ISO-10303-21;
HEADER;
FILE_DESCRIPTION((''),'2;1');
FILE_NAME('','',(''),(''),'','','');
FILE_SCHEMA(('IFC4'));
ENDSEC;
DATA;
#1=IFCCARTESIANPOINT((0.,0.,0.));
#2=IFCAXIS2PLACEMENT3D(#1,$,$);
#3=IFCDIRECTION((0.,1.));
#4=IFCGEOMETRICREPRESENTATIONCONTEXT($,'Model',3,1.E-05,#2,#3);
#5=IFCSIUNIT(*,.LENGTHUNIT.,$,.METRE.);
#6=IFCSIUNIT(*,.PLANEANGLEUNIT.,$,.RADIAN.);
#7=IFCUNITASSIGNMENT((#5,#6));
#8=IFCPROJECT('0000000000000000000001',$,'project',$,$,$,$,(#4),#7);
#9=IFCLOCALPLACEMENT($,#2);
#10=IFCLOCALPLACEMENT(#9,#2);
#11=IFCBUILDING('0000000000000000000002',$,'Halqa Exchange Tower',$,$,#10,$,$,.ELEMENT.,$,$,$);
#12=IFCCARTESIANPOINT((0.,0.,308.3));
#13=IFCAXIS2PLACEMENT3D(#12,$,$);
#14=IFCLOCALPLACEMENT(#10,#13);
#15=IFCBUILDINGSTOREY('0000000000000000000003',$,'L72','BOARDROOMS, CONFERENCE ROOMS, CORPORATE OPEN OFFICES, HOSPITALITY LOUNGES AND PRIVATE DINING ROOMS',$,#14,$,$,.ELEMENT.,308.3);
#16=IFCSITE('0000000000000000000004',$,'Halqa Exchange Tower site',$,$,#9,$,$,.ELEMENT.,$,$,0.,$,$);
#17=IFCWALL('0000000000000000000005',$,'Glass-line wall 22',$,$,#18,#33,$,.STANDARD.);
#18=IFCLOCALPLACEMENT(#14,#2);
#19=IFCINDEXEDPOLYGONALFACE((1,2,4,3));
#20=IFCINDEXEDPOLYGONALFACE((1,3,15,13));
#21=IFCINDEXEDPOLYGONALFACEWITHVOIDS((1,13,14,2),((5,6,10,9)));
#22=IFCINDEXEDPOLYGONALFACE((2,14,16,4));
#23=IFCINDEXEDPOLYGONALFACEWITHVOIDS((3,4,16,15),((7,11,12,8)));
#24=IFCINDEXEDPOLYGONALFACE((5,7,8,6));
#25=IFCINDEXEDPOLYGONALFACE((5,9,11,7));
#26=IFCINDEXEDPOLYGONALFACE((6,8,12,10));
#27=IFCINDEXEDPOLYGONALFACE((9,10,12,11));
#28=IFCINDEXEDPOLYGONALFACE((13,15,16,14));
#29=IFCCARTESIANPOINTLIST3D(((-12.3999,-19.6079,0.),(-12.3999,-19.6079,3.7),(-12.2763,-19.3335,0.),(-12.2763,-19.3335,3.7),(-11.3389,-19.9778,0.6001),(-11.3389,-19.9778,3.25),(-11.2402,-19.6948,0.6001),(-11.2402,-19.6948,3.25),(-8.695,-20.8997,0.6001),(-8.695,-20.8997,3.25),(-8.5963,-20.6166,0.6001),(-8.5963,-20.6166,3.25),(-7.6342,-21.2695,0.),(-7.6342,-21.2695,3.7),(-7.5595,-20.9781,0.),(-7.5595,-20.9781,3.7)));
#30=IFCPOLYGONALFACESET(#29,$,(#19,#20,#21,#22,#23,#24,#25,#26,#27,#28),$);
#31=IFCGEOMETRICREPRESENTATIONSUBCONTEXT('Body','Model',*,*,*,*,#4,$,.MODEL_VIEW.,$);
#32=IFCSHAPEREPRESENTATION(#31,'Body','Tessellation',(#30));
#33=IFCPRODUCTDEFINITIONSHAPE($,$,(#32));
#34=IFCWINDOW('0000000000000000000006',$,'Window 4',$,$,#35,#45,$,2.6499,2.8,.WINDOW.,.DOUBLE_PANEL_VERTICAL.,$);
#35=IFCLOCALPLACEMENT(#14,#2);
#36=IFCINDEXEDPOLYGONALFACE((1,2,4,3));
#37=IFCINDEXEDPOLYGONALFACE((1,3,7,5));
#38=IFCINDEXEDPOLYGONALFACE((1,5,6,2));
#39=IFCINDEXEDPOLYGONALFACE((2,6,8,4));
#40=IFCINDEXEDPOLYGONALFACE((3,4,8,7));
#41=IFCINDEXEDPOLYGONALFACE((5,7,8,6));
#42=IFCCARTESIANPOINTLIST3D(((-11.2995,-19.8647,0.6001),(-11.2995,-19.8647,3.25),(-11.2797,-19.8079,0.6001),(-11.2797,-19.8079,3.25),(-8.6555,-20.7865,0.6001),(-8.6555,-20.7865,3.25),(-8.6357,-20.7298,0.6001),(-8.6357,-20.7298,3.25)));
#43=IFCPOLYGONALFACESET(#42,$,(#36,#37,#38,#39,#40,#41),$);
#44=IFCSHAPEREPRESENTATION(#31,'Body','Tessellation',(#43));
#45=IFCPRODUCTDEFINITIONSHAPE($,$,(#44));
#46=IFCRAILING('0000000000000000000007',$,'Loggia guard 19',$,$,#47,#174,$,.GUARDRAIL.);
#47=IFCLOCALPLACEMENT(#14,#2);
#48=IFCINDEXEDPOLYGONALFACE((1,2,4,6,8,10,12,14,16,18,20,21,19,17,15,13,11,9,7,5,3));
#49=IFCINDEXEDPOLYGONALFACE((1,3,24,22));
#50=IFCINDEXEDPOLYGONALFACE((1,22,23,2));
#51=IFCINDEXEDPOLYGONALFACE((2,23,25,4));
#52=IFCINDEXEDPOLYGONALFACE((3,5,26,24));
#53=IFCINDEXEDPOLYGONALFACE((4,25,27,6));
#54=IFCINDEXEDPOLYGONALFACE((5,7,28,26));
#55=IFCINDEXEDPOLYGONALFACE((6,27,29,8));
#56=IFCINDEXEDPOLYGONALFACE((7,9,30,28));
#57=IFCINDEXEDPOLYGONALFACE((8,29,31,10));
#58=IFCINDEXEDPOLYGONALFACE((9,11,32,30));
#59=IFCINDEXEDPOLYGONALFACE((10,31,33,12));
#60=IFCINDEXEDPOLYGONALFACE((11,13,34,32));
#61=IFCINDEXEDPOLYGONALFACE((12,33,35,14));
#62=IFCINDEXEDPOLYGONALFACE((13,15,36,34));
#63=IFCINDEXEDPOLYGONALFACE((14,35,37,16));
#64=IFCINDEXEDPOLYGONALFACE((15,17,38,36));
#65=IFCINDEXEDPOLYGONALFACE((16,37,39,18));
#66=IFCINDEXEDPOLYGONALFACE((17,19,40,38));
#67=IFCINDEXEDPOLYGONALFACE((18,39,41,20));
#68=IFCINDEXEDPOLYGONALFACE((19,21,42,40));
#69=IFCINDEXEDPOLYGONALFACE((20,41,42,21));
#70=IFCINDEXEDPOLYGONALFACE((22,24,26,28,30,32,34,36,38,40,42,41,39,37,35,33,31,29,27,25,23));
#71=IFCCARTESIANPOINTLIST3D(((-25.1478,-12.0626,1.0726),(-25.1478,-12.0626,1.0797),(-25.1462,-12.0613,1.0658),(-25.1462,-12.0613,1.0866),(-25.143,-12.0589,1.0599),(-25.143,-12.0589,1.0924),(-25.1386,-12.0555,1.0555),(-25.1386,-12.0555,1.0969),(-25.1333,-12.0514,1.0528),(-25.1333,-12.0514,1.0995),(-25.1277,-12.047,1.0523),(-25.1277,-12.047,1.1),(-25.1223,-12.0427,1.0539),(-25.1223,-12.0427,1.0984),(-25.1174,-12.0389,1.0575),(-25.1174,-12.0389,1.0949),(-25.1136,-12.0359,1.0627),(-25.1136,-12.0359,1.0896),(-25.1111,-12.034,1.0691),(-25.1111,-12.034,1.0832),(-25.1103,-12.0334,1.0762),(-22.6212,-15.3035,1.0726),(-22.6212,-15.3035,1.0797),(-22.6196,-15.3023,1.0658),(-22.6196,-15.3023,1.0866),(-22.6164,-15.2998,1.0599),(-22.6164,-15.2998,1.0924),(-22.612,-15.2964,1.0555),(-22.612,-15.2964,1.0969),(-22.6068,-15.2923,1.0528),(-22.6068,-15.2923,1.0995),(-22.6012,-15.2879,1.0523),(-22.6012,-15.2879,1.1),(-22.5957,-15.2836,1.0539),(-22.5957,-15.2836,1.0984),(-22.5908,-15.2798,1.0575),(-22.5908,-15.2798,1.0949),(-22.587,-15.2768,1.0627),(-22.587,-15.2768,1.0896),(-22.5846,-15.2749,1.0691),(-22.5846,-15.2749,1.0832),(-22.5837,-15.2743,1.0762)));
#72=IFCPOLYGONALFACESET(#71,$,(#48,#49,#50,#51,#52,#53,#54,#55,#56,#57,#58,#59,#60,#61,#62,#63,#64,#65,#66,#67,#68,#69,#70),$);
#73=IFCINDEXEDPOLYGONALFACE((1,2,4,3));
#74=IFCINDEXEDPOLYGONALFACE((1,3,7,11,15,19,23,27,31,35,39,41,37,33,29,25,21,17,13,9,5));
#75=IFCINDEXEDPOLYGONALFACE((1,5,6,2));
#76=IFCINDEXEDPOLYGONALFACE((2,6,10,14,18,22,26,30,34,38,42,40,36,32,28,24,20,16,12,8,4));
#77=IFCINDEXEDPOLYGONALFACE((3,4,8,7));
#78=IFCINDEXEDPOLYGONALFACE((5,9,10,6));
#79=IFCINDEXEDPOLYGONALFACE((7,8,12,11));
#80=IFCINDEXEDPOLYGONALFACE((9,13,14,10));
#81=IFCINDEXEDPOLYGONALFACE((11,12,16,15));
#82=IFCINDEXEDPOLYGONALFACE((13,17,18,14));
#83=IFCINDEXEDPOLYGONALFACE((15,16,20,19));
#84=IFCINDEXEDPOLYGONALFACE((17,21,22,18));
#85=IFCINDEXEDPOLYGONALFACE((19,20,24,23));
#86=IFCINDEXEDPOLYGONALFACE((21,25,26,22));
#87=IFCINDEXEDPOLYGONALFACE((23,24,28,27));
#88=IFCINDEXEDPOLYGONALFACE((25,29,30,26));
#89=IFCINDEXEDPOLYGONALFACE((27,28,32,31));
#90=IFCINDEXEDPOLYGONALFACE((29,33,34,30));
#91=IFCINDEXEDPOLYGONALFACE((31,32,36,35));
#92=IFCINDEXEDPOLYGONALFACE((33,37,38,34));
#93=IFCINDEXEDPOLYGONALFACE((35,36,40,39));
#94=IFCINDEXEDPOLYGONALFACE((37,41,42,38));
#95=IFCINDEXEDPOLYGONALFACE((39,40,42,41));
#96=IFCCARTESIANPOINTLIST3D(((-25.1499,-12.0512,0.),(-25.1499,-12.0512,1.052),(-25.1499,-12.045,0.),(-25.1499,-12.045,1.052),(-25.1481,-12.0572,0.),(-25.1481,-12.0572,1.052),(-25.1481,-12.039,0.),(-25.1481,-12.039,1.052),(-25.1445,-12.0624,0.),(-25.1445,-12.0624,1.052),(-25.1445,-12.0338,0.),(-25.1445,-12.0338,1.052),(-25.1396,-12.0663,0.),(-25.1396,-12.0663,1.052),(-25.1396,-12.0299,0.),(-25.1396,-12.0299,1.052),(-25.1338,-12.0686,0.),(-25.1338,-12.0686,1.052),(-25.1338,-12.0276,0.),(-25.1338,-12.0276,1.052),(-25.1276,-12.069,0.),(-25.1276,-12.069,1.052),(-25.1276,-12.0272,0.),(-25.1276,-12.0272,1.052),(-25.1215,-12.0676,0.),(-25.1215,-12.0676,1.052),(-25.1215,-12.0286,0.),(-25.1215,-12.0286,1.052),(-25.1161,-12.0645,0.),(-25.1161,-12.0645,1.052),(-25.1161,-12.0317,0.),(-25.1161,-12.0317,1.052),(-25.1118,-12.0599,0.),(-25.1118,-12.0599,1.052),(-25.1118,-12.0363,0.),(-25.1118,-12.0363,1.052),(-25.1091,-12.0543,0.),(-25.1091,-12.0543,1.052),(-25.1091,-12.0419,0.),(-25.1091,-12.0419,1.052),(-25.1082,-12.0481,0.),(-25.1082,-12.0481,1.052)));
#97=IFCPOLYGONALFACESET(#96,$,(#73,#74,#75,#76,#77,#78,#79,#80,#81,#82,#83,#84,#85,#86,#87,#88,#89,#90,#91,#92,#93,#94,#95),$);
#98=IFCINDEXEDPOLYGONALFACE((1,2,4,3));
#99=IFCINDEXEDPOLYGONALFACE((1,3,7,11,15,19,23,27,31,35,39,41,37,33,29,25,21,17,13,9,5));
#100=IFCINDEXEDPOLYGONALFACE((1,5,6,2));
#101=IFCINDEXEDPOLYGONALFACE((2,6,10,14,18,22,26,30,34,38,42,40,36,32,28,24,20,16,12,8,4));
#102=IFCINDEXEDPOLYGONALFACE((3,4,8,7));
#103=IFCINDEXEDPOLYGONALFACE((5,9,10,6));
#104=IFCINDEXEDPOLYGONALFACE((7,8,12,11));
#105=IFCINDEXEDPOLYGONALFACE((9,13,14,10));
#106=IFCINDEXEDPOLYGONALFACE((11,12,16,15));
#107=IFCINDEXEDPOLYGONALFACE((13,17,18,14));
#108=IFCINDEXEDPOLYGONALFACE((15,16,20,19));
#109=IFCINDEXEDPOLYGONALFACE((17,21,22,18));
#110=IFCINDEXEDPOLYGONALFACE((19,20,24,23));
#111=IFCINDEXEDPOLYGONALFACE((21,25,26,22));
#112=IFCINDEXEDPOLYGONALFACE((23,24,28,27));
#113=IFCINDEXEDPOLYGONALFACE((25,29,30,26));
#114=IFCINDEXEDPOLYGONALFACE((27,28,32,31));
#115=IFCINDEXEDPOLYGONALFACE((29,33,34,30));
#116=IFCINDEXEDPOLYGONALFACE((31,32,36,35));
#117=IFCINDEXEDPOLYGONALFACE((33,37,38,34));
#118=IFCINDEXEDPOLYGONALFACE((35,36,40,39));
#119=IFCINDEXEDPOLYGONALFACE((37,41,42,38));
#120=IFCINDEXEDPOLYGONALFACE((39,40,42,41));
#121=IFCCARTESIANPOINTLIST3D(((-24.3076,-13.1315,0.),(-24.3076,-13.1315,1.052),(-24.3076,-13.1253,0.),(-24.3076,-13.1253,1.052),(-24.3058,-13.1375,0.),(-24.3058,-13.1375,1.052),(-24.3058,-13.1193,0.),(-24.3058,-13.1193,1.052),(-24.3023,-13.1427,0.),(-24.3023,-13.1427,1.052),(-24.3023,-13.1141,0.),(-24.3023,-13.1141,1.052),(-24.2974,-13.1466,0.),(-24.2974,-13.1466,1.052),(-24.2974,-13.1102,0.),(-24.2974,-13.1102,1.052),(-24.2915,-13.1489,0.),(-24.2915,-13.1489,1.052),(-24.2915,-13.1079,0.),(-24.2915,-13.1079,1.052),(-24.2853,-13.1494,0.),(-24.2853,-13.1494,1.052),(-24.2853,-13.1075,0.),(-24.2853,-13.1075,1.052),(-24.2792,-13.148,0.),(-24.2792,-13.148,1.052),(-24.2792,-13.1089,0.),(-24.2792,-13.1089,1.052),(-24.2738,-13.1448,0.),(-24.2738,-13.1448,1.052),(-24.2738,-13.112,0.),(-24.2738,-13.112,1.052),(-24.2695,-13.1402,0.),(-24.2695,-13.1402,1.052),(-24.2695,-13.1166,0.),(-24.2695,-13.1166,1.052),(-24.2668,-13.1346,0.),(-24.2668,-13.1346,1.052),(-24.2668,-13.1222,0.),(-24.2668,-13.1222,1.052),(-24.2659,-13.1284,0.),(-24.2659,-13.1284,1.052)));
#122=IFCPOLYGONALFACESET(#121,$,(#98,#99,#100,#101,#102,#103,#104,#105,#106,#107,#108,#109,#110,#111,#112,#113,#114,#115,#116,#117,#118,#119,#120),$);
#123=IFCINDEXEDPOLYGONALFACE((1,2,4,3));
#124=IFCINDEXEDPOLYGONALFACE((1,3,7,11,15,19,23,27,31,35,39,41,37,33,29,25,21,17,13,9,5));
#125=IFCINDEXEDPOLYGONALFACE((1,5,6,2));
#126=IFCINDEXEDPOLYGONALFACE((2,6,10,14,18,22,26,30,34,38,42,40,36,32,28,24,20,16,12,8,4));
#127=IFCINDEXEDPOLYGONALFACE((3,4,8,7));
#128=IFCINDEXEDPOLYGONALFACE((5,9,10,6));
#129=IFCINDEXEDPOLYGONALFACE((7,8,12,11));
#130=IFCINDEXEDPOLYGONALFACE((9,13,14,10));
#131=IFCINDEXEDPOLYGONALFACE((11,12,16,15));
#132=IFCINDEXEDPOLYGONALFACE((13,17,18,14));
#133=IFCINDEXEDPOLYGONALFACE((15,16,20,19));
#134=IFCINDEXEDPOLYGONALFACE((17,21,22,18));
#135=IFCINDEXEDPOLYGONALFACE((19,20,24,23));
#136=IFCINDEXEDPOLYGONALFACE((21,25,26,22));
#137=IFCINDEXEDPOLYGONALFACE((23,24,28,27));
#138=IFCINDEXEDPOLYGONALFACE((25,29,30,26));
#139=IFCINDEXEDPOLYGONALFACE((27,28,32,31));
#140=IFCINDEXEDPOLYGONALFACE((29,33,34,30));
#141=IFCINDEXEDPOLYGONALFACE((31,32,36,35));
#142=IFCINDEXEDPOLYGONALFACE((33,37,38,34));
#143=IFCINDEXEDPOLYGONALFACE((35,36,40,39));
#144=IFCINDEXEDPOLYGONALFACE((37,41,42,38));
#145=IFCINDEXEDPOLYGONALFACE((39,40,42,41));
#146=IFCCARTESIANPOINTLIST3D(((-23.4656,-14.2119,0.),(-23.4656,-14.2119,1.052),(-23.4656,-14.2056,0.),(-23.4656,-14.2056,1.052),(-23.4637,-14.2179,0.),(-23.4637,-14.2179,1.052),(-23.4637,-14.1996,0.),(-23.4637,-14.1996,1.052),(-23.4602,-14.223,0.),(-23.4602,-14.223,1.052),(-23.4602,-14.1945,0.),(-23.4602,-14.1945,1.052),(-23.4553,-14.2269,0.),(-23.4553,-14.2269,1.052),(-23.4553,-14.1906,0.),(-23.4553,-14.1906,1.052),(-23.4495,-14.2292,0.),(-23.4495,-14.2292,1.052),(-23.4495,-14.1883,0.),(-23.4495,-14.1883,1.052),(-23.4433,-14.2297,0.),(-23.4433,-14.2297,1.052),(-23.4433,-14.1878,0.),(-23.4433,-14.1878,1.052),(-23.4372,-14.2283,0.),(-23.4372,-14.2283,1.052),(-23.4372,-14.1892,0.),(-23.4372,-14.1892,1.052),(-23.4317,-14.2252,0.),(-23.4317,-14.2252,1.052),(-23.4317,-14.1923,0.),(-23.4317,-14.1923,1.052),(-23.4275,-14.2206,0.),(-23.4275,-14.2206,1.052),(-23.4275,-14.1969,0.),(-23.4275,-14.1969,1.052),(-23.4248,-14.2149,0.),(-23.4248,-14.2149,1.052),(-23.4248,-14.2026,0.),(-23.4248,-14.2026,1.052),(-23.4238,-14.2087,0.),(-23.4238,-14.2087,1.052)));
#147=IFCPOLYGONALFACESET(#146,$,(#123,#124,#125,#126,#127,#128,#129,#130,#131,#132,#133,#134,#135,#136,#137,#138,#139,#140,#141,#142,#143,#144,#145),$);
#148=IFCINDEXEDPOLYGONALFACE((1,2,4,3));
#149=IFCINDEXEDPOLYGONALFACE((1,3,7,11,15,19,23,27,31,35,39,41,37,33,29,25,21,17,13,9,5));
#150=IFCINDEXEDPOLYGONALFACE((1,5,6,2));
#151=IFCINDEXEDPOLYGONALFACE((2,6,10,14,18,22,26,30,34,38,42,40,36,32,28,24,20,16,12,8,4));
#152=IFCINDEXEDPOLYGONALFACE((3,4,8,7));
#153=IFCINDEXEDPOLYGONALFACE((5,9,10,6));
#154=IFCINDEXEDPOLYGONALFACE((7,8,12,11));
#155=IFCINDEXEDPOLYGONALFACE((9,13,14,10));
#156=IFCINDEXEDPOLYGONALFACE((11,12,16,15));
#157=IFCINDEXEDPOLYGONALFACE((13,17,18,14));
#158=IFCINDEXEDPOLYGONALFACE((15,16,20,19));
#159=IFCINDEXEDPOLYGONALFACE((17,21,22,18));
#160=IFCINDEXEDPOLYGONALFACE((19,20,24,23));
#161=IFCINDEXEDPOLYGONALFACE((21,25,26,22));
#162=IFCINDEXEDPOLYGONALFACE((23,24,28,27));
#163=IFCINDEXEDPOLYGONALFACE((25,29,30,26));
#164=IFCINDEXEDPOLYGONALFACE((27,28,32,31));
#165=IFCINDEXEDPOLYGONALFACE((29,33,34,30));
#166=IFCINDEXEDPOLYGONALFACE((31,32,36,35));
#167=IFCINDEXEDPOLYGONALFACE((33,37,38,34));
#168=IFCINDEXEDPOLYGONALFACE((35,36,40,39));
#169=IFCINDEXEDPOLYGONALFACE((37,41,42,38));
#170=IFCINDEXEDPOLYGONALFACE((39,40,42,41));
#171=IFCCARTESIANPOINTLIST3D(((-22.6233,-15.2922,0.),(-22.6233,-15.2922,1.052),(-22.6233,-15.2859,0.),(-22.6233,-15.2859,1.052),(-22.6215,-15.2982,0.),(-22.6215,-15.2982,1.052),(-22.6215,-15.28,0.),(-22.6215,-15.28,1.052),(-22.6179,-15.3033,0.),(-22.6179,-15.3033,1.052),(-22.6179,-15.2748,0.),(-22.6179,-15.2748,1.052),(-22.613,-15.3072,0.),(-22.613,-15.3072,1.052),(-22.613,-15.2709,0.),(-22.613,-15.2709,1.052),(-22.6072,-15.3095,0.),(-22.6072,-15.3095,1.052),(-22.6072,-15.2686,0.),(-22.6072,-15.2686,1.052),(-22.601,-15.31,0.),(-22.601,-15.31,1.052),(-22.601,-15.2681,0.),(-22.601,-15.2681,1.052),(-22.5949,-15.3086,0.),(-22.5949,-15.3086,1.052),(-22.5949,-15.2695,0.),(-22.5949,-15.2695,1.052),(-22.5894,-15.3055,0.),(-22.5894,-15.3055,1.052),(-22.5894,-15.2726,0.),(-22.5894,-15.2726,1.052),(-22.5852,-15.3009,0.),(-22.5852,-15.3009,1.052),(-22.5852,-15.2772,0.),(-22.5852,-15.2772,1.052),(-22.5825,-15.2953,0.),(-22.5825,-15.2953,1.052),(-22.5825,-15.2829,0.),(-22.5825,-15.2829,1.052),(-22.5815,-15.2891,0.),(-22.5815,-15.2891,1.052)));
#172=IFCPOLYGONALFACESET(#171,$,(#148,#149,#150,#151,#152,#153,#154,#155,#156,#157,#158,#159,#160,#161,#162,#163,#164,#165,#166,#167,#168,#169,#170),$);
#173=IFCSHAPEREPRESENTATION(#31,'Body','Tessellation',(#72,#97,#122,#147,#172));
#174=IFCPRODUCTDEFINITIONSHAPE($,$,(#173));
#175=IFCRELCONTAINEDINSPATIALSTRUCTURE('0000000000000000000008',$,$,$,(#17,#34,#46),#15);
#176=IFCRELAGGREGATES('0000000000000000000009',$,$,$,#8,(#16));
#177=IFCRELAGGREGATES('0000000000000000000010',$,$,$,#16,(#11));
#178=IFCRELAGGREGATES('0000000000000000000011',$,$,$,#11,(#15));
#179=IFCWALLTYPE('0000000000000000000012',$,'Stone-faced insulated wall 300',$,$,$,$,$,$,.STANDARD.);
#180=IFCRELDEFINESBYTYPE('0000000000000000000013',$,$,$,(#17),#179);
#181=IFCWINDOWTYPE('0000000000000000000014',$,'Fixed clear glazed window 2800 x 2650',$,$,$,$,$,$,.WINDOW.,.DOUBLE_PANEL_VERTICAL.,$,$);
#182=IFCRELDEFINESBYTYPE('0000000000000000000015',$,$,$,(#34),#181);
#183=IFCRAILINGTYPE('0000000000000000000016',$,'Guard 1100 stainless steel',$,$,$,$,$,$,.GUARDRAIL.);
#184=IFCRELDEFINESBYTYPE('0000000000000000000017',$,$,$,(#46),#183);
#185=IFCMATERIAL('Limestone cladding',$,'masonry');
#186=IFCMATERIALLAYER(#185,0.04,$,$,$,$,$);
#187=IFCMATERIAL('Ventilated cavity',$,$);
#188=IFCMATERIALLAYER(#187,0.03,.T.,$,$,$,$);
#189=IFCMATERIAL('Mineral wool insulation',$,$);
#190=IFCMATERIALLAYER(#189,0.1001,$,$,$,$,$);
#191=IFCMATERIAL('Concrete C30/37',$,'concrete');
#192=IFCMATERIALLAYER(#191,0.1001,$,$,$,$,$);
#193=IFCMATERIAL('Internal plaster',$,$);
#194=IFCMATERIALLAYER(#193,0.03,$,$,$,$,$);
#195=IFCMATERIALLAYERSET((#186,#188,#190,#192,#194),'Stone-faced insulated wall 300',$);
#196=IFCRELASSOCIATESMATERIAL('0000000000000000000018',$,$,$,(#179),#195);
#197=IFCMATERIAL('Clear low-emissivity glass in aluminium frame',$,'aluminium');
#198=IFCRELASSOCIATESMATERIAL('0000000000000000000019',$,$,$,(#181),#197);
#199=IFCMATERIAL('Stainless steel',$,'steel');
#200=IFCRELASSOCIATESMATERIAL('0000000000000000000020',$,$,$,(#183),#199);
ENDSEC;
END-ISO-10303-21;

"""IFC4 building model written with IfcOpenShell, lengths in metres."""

from ifc_helpers import new_model, si_unit, direction, frame, frame_2d, origin, origin_2d, place, context, subcontext, project, spatial, polyline, rectangle, circle, outline, extrude, material, layer, layer_set, type_object, element, fill, save


model = new_model("IFC4")

# Units and contexts
model_context = context("Model", 3, precision=1e-05, world=origin(), true_north=direction((0.0, 1.0)))
body_context = subcontext(model_context, "Body", "Model", "MODEL_VIEW")
ifc_project = project(units=[si_unit("LENGTHUNIT", "METRE"), si_unit("PLANEANGLEUNIT", "RADIAN")], contexts=[model_context])

# Site, building, storey
site_placement = place(None, origin())
site = spatial("IfcSite", under=ifc_project, at=site_placement, Name="Halqa Exchange Tower site", CompositionType="ELEMENT", RefElevation=0.0)
building_placement = place(site_placement, origin())
building = spatial("IfcBuilding", under=site, at=building_placement, Name="Halqa Exchange Tower", CompositionType="ELEMENT")
storey_placement = place(building_placement, frame((0.0, 0.0, 308.3)))
storey = spatial("IfcBuildingStorey", under=building, at=storey_placement, Name="L72", Description="BOARDROOMS, CONFERENCE ROOMS, CORPORATE OPEN OFFICES, HOSPITALITY LOUNGES AND PRIVATE DINING ROOMS", CompositionType="ELEMENT", Elevation=308.3)

# Shared definitions
ifc_material_1 = material(Name="Limestone cladding", Category="masonry")
ifc_layer_1 = layer(ifc_material_1, 0.04)
ifc_material_2 = material(Name="Ventilated cavity")
ifc_layer_2 = layer(ifc_material_2, 0.03, ventilated=True)
ifc_material_3 = material(Name="Mineral wool insulation")
ifc_layer_3 = layer(ifc_material_3, 0.1001)
ifc_material_4 = material(Name="Concrete C30/37", Category="concrete")
ifc_layer_4 = layer(ifc_material_4, 0.1001)
ifc_material_5 = material(Name="Internal plaster")
ifc_layer_5 = layer(ifc_material_5, 0.03)
ifc_layer_set_1 = layer_set([ifc_layer_1, ifc_layer_2, ifc_layer_3, ifc_layer_4, ifc_layer_5], Name="Stone-faced insulated wall 300")
wall_type_1 = type_object("IfcWallType", Name="Stone-faced insulated wall 300", PredefinedType="STANDARD", material=ifc_layer_set_1)
ifc_material_6 = material(Name="Clear low-emissivity glass in aluminium frame", Category="aluminium")

# Wall, opening, window
window_type = type_object("IfcWindowType", Name="Fixed clear glazed window 2800 x 2650", PartitioningType="DOUBLE_PANEL_VERTICAL", PredefinedType="WINDOW", material=ifc_material_6)
wall_1_placement = place(storey_placement, frame((-12.3381, -19.4707, 0.0), z_axis=(0.0, 0.0, 1.0), x_axis=(0.944252, -0.329224, 0.0)))
wall_1 = element("IfcWall", 1, at=wall_1_placement, inside=storey, type_object=wall_type_1, Name="Glass-line wall 22", PredefinedType="STANDARD", context=body_context, shape_type="SweptSolid", body=[
    extrude(outline(polyline([(-0.0132, -0.1499), (5.0339, -0.1499), (5.0085, 0.1499), (0.0132, 0.1499), (-0.0132, -0.1499)])), origin(), (0.0, 0.0, 1.0), 3.7),
])
opening_1_placement = place(wall_1_placement, frame((1.1106, 0.0, 0.6001)))
opening_1 = element("IfcOpeningElement", 2, at=opening_1_placement, cuts=wall_1, PredefinedType="OPENING", context=body_context, shape_type="SweptSolid", body=[
    extrude(rectangle(XDim=2.8, YDim=2.6499, at=frame_2d((1.3999, 1.325))), frame((0.0, 0.1621, 0.0), z_axis=(0.0, -1.0, 0.0), x_axis=(1.0, 0.0, 0.0)), (0.0, 0.0, 1.0), 0.324),
])
window_1_placement = place(opening_1_placement, origin())
window_1 = element("IfcWindow", 3, at=window_1_placement, inside=storey, type_object=window_type, Name="Window 4", OverallHeight=2.6499, OverallWidth=2.8, PartitioningType="DOUBLE_PANEL_VERTICAL", PredefinedType="WINDOW", context=body_context, shape_type="SweptSolid", body=[
    extrude(rectangle(XDim=2.8, YDim=2.6499, at=frame_2d((1.3999, 1.325))), frame((0.0, 0.03, 0.0), z_axis=(0.0, -1.0, 0.0), x_axis=(1.0, 0.0, 0.0)), (0.0, 0.0, 1.0), 0.0601),
])
fill(opening_1, window_1)

# Railing
ifc_material_7 = material(Name="Stainless steel", Category="steel")
railing_type = type_object("IfcRailingType", Name="Guard 1100 stainless steel", PredefinedType="GUARDRAIL", material=ifc_material_7)
railing_1_placement = place(storey_placement, frame((-25.1292, -12.0481, 0.0)))
element("IfcRailing", 4, at=railing_1_placement, inside=storey, type_object=railing_type, Name="Loggia guard 19", PredefinedType="GUARDRAIL", context=body_context, shape_type="SweptSolid", body=[
    extrude(circle(Radius=0.0239, at=origin_2d()), frame((0.0, 0.0, 1.0762), z_axis=(0.614829, -0.788661, 0.0), x_axis=(0.788661, 0.614829, 0.0)), (0.0, 0.0, 1.0), 4.1094),
    extrude(circle(Radius=0.021, at=origin_2d()), origin(), (0.0, 0.0, 1.0), 1.052),
    extrude(circle(Radius=0.021, at=origin_2d()), frame((0.8423, -1.0803, 0.0)), (0.0, 0.0, 1.0), 1.052),
    extrude(circle(Radius=0.021, at=origin_2d()), frame((1.6843, -2.1606, 0.0)), (0.0, 0.0, 1.0), 1.052),
    extrude(circle(Radius=0.021, at=origin_2d()), frame((2.5266, -3.241, 0.0)), (0.0, 0.0, 1.0), 1.052),
])

save(model, "model.ifc")
